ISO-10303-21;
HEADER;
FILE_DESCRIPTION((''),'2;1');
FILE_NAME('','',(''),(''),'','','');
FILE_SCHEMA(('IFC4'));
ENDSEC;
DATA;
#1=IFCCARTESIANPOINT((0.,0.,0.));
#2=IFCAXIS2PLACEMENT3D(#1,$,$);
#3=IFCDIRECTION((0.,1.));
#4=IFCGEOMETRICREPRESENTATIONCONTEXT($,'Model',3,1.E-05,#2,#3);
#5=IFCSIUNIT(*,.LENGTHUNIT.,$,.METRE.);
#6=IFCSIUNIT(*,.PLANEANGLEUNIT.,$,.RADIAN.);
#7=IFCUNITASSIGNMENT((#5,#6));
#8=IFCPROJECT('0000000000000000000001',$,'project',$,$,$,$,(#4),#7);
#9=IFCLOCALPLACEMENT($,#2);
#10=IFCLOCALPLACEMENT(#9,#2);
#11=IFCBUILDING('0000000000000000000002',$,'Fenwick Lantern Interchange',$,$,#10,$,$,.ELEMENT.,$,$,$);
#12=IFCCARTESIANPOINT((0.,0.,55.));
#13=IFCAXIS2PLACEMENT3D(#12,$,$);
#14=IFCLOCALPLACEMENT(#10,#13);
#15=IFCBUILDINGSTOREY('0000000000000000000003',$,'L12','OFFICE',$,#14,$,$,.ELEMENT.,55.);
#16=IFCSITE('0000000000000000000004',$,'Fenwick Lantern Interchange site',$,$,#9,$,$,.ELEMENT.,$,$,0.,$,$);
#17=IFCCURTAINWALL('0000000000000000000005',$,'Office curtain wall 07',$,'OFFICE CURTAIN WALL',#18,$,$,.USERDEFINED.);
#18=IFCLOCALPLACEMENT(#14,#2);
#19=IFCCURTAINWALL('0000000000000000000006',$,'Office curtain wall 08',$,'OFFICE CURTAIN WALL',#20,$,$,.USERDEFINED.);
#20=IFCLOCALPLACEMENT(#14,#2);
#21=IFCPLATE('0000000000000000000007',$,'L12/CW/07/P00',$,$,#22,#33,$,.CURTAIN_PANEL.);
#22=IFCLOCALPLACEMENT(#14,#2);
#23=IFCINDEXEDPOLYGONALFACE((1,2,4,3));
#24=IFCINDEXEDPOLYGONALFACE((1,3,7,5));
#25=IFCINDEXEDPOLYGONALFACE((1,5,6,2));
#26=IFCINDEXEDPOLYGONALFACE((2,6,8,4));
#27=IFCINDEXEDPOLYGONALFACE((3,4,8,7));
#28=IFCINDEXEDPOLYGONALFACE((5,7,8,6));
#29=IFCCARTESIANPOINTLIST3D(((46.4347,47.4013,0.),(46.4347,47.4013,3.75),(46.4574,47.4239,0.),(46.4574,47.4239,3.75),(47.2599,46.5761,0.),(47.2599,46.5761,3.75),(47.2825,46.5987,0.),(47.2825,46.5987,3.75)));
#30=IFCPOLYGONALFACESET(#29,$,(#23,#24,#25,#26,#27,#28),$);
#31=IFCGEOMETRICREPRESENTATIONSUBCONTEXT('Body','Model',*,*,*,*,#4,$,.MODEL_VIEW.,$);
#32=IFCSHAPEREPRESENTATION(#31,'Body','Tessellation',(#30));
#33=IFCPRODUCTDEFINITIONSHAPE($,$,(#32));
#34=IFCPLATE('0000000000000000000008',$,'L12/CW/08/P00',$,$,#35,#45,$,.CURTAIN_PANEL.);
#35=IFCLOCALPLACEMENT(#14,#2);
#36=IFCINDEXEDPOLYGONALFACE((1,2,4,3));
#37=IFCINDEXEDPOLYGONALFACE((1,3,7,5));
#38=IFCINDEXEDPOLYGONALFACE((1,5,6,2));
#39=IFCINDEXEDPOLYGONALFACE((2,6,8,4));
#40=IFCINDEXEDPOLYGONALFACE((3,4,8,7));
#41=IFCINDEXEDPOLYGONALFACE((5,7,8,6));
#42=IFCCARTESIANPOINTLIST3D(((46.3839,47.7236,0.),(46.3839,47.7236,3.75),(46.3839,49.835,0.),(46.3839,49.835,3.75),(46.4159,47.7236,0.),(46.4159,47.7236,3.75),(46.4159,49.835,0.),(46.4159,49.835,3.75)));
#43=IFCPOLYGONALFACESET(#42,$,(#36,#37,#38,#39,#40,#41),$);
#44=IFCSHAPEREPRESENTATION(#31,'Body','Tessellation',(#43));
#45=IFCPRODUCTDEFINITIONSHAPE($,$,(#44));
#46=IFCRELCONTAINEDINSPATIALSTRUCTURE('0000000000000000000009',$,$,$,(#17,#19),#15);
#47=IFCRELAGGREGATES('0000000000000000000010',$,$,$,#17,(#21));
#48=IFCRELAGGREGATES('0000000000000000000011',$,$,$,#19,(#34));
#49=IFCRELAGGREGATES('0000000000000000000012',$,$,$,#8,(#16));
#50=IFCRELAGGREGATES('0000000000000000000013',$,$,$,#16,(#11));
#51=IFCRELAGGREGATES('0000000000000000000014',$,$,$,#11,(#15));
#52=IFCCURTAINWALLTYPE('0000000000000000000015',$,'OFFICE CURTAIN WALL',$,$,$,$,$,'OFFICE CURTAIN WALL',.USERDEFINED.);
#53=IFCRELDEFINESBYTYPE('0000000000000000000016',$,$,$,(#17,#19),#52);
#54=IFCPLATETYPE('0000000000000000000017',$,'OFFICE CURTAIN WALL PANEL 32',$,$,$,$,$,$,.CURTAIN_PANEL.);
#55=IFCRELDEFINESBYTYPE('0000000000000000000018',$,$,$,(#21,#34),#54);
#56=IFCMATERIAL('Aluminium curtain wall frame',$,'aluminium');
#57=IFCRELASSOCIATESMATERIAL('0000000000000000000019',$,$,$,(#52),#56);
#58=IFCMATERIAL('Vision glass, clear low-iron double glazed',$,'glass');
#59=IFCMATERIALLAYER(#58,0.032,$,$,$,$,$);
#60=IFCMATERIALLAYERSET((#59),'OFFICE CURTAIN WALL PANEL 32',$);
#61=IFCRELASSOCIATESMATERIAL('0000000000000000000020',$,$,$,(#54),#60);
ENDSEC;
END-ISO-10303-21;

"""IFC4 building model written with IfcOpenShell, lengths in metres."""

from ifc_helpers import new_model, si_unit, direction, frame, origin, origin_2d, place, context, subcontext, project, spatial, rectangle, extrude, material, layer, layer_set, type_object, element, aggregate, save


model = new_model("IFC4")

# Units and contexts
model_context = context("Model", 3, precision=1e-05, world=origin(), true_north=direction((0.0, 1.0)))
body_context = subcontext(model_context, "Body", "Model", "MODEL_VIEW")
ifc_project = project(units=[si_unit("LENGTHUNIT", "METRE"), si_unit("PLANEANGLEUNIT", "RADIAN")], contexts=[model_context])

# Site, building, storey
site_placement = place(None, origin())
site = spatial("IfcSite", under=ifc_project, at=site_placement, Name="Fenwick Lantern Interchange site", CompositionType="ELEMENT", RefElevation=0.0)
building_placement = place(site_placement, origin())
building = spatial("IfcBuilding", under=site, at=building_placement, Name="Fenwick Lantern Interchange", CompositionType="ELEMENT")
storey_placement = place(building_placement, frame((0.0, 0.0, 55.0)))
storey = spatial("IfcBuildingStorey", under=building, at=storey_placement, Name="L12", Description="OFFICE", CompositionType="ELEMENT", Elevation=55.0)

# Shared definitions
ifc_material_1 = material(Name="Aluminium curtain wall frame", Category="aluminium")
curtain_wall_type = type_object("IfcCurtainWallType", Name="OFFICE CURTAIN WALL", ElementType="OFFICE CURTAIN WALL", PredefinedType="USERDEFINED", material=ifc_material_1)

# Curtain walls
curtain_wall_1_placement = place(storey_placement, origin())
curtain_wall_1 = element("IfcCurtainWall", 1, at=curtain_wall_1_placement, inside=storey, type_object=curtain_wall_type, Name="Office curtain wall 07", ObjectType="OFFICE CURTAIN WALL", PredefinedType="USERDEFINED")
curtain_wall_2_placement = place(storey_placement, origin())
curtain_wall_2 = element("IfcCurtainWall", 2, at=curtain_wall_2_placement, inside=storey, type_object=curtain_wall_type, Name="Office curtain wall 08", ObjectType="OFFICE CURTAIN WALL", PredefinedType="USERDEFINED")

# Plates
ifc_material_2 = material(Name="Vision glass, clear low-iron double glazed", Category="glass")
ifc_layer_1 = layer(ifc_material_2, 0.032)
ifc_layer_set_1 = layer_set([ifc_layer_1], Name="OFFICE CURTAIN WALL PANEL 32")
plate_type = type_object("IfcPlateType", Name="OFFICE CURTAIN WALL PANEL 32", PredefinedType="CURTAIN_PANEL", material=ifc_layer_set_1)
plate_1_placement = place(storey_placement, frame((46.8586, 47.0, 0.0), z_axis=(0.0, 0.0, 1.0), x_axis=(-0.707107, 0.707107, 0.0)))
plate_1 = element("IfcPlate", 3, at=plate_1_placement, type_object=plate_type, Name="L12/CW/07/P00", PredefinedType="CURTAIN_PANEL", context=body_context, shape_type="SweptSolid", body=[
    extrude(rectangle(XDim=1.167, YDim=0.032, at=origin_2d()), origin(), (0.0, 0.0, 1.0), 3.75),
])
aggregate(curtain_wall_1, [plate_1])
plate_2_placement = place(storey_placement, frame((46.3999, 48.7793, 0.0), z_axis=(0.0, 0.0, 1.0), x_axis=(0.0, 1.0, 0.0)))
plate_2 = element("IfcPlate", 4, at=plate_2_placement, type_object=plate_type, Name="L12/CW/08/P00", PredefinedType="CURTAIN_PANEL", context=body_context, shape_type="SweptSolid", body=[
    extrude(rectangle(XDim=2.1113, YDim=0.032, at=origin_2d()), origin(), (0.0, 0.0, 1.0), 3.75),
])
aggregate(curtain_wall_2, [plate_2])

save(model, "model.ifc")
